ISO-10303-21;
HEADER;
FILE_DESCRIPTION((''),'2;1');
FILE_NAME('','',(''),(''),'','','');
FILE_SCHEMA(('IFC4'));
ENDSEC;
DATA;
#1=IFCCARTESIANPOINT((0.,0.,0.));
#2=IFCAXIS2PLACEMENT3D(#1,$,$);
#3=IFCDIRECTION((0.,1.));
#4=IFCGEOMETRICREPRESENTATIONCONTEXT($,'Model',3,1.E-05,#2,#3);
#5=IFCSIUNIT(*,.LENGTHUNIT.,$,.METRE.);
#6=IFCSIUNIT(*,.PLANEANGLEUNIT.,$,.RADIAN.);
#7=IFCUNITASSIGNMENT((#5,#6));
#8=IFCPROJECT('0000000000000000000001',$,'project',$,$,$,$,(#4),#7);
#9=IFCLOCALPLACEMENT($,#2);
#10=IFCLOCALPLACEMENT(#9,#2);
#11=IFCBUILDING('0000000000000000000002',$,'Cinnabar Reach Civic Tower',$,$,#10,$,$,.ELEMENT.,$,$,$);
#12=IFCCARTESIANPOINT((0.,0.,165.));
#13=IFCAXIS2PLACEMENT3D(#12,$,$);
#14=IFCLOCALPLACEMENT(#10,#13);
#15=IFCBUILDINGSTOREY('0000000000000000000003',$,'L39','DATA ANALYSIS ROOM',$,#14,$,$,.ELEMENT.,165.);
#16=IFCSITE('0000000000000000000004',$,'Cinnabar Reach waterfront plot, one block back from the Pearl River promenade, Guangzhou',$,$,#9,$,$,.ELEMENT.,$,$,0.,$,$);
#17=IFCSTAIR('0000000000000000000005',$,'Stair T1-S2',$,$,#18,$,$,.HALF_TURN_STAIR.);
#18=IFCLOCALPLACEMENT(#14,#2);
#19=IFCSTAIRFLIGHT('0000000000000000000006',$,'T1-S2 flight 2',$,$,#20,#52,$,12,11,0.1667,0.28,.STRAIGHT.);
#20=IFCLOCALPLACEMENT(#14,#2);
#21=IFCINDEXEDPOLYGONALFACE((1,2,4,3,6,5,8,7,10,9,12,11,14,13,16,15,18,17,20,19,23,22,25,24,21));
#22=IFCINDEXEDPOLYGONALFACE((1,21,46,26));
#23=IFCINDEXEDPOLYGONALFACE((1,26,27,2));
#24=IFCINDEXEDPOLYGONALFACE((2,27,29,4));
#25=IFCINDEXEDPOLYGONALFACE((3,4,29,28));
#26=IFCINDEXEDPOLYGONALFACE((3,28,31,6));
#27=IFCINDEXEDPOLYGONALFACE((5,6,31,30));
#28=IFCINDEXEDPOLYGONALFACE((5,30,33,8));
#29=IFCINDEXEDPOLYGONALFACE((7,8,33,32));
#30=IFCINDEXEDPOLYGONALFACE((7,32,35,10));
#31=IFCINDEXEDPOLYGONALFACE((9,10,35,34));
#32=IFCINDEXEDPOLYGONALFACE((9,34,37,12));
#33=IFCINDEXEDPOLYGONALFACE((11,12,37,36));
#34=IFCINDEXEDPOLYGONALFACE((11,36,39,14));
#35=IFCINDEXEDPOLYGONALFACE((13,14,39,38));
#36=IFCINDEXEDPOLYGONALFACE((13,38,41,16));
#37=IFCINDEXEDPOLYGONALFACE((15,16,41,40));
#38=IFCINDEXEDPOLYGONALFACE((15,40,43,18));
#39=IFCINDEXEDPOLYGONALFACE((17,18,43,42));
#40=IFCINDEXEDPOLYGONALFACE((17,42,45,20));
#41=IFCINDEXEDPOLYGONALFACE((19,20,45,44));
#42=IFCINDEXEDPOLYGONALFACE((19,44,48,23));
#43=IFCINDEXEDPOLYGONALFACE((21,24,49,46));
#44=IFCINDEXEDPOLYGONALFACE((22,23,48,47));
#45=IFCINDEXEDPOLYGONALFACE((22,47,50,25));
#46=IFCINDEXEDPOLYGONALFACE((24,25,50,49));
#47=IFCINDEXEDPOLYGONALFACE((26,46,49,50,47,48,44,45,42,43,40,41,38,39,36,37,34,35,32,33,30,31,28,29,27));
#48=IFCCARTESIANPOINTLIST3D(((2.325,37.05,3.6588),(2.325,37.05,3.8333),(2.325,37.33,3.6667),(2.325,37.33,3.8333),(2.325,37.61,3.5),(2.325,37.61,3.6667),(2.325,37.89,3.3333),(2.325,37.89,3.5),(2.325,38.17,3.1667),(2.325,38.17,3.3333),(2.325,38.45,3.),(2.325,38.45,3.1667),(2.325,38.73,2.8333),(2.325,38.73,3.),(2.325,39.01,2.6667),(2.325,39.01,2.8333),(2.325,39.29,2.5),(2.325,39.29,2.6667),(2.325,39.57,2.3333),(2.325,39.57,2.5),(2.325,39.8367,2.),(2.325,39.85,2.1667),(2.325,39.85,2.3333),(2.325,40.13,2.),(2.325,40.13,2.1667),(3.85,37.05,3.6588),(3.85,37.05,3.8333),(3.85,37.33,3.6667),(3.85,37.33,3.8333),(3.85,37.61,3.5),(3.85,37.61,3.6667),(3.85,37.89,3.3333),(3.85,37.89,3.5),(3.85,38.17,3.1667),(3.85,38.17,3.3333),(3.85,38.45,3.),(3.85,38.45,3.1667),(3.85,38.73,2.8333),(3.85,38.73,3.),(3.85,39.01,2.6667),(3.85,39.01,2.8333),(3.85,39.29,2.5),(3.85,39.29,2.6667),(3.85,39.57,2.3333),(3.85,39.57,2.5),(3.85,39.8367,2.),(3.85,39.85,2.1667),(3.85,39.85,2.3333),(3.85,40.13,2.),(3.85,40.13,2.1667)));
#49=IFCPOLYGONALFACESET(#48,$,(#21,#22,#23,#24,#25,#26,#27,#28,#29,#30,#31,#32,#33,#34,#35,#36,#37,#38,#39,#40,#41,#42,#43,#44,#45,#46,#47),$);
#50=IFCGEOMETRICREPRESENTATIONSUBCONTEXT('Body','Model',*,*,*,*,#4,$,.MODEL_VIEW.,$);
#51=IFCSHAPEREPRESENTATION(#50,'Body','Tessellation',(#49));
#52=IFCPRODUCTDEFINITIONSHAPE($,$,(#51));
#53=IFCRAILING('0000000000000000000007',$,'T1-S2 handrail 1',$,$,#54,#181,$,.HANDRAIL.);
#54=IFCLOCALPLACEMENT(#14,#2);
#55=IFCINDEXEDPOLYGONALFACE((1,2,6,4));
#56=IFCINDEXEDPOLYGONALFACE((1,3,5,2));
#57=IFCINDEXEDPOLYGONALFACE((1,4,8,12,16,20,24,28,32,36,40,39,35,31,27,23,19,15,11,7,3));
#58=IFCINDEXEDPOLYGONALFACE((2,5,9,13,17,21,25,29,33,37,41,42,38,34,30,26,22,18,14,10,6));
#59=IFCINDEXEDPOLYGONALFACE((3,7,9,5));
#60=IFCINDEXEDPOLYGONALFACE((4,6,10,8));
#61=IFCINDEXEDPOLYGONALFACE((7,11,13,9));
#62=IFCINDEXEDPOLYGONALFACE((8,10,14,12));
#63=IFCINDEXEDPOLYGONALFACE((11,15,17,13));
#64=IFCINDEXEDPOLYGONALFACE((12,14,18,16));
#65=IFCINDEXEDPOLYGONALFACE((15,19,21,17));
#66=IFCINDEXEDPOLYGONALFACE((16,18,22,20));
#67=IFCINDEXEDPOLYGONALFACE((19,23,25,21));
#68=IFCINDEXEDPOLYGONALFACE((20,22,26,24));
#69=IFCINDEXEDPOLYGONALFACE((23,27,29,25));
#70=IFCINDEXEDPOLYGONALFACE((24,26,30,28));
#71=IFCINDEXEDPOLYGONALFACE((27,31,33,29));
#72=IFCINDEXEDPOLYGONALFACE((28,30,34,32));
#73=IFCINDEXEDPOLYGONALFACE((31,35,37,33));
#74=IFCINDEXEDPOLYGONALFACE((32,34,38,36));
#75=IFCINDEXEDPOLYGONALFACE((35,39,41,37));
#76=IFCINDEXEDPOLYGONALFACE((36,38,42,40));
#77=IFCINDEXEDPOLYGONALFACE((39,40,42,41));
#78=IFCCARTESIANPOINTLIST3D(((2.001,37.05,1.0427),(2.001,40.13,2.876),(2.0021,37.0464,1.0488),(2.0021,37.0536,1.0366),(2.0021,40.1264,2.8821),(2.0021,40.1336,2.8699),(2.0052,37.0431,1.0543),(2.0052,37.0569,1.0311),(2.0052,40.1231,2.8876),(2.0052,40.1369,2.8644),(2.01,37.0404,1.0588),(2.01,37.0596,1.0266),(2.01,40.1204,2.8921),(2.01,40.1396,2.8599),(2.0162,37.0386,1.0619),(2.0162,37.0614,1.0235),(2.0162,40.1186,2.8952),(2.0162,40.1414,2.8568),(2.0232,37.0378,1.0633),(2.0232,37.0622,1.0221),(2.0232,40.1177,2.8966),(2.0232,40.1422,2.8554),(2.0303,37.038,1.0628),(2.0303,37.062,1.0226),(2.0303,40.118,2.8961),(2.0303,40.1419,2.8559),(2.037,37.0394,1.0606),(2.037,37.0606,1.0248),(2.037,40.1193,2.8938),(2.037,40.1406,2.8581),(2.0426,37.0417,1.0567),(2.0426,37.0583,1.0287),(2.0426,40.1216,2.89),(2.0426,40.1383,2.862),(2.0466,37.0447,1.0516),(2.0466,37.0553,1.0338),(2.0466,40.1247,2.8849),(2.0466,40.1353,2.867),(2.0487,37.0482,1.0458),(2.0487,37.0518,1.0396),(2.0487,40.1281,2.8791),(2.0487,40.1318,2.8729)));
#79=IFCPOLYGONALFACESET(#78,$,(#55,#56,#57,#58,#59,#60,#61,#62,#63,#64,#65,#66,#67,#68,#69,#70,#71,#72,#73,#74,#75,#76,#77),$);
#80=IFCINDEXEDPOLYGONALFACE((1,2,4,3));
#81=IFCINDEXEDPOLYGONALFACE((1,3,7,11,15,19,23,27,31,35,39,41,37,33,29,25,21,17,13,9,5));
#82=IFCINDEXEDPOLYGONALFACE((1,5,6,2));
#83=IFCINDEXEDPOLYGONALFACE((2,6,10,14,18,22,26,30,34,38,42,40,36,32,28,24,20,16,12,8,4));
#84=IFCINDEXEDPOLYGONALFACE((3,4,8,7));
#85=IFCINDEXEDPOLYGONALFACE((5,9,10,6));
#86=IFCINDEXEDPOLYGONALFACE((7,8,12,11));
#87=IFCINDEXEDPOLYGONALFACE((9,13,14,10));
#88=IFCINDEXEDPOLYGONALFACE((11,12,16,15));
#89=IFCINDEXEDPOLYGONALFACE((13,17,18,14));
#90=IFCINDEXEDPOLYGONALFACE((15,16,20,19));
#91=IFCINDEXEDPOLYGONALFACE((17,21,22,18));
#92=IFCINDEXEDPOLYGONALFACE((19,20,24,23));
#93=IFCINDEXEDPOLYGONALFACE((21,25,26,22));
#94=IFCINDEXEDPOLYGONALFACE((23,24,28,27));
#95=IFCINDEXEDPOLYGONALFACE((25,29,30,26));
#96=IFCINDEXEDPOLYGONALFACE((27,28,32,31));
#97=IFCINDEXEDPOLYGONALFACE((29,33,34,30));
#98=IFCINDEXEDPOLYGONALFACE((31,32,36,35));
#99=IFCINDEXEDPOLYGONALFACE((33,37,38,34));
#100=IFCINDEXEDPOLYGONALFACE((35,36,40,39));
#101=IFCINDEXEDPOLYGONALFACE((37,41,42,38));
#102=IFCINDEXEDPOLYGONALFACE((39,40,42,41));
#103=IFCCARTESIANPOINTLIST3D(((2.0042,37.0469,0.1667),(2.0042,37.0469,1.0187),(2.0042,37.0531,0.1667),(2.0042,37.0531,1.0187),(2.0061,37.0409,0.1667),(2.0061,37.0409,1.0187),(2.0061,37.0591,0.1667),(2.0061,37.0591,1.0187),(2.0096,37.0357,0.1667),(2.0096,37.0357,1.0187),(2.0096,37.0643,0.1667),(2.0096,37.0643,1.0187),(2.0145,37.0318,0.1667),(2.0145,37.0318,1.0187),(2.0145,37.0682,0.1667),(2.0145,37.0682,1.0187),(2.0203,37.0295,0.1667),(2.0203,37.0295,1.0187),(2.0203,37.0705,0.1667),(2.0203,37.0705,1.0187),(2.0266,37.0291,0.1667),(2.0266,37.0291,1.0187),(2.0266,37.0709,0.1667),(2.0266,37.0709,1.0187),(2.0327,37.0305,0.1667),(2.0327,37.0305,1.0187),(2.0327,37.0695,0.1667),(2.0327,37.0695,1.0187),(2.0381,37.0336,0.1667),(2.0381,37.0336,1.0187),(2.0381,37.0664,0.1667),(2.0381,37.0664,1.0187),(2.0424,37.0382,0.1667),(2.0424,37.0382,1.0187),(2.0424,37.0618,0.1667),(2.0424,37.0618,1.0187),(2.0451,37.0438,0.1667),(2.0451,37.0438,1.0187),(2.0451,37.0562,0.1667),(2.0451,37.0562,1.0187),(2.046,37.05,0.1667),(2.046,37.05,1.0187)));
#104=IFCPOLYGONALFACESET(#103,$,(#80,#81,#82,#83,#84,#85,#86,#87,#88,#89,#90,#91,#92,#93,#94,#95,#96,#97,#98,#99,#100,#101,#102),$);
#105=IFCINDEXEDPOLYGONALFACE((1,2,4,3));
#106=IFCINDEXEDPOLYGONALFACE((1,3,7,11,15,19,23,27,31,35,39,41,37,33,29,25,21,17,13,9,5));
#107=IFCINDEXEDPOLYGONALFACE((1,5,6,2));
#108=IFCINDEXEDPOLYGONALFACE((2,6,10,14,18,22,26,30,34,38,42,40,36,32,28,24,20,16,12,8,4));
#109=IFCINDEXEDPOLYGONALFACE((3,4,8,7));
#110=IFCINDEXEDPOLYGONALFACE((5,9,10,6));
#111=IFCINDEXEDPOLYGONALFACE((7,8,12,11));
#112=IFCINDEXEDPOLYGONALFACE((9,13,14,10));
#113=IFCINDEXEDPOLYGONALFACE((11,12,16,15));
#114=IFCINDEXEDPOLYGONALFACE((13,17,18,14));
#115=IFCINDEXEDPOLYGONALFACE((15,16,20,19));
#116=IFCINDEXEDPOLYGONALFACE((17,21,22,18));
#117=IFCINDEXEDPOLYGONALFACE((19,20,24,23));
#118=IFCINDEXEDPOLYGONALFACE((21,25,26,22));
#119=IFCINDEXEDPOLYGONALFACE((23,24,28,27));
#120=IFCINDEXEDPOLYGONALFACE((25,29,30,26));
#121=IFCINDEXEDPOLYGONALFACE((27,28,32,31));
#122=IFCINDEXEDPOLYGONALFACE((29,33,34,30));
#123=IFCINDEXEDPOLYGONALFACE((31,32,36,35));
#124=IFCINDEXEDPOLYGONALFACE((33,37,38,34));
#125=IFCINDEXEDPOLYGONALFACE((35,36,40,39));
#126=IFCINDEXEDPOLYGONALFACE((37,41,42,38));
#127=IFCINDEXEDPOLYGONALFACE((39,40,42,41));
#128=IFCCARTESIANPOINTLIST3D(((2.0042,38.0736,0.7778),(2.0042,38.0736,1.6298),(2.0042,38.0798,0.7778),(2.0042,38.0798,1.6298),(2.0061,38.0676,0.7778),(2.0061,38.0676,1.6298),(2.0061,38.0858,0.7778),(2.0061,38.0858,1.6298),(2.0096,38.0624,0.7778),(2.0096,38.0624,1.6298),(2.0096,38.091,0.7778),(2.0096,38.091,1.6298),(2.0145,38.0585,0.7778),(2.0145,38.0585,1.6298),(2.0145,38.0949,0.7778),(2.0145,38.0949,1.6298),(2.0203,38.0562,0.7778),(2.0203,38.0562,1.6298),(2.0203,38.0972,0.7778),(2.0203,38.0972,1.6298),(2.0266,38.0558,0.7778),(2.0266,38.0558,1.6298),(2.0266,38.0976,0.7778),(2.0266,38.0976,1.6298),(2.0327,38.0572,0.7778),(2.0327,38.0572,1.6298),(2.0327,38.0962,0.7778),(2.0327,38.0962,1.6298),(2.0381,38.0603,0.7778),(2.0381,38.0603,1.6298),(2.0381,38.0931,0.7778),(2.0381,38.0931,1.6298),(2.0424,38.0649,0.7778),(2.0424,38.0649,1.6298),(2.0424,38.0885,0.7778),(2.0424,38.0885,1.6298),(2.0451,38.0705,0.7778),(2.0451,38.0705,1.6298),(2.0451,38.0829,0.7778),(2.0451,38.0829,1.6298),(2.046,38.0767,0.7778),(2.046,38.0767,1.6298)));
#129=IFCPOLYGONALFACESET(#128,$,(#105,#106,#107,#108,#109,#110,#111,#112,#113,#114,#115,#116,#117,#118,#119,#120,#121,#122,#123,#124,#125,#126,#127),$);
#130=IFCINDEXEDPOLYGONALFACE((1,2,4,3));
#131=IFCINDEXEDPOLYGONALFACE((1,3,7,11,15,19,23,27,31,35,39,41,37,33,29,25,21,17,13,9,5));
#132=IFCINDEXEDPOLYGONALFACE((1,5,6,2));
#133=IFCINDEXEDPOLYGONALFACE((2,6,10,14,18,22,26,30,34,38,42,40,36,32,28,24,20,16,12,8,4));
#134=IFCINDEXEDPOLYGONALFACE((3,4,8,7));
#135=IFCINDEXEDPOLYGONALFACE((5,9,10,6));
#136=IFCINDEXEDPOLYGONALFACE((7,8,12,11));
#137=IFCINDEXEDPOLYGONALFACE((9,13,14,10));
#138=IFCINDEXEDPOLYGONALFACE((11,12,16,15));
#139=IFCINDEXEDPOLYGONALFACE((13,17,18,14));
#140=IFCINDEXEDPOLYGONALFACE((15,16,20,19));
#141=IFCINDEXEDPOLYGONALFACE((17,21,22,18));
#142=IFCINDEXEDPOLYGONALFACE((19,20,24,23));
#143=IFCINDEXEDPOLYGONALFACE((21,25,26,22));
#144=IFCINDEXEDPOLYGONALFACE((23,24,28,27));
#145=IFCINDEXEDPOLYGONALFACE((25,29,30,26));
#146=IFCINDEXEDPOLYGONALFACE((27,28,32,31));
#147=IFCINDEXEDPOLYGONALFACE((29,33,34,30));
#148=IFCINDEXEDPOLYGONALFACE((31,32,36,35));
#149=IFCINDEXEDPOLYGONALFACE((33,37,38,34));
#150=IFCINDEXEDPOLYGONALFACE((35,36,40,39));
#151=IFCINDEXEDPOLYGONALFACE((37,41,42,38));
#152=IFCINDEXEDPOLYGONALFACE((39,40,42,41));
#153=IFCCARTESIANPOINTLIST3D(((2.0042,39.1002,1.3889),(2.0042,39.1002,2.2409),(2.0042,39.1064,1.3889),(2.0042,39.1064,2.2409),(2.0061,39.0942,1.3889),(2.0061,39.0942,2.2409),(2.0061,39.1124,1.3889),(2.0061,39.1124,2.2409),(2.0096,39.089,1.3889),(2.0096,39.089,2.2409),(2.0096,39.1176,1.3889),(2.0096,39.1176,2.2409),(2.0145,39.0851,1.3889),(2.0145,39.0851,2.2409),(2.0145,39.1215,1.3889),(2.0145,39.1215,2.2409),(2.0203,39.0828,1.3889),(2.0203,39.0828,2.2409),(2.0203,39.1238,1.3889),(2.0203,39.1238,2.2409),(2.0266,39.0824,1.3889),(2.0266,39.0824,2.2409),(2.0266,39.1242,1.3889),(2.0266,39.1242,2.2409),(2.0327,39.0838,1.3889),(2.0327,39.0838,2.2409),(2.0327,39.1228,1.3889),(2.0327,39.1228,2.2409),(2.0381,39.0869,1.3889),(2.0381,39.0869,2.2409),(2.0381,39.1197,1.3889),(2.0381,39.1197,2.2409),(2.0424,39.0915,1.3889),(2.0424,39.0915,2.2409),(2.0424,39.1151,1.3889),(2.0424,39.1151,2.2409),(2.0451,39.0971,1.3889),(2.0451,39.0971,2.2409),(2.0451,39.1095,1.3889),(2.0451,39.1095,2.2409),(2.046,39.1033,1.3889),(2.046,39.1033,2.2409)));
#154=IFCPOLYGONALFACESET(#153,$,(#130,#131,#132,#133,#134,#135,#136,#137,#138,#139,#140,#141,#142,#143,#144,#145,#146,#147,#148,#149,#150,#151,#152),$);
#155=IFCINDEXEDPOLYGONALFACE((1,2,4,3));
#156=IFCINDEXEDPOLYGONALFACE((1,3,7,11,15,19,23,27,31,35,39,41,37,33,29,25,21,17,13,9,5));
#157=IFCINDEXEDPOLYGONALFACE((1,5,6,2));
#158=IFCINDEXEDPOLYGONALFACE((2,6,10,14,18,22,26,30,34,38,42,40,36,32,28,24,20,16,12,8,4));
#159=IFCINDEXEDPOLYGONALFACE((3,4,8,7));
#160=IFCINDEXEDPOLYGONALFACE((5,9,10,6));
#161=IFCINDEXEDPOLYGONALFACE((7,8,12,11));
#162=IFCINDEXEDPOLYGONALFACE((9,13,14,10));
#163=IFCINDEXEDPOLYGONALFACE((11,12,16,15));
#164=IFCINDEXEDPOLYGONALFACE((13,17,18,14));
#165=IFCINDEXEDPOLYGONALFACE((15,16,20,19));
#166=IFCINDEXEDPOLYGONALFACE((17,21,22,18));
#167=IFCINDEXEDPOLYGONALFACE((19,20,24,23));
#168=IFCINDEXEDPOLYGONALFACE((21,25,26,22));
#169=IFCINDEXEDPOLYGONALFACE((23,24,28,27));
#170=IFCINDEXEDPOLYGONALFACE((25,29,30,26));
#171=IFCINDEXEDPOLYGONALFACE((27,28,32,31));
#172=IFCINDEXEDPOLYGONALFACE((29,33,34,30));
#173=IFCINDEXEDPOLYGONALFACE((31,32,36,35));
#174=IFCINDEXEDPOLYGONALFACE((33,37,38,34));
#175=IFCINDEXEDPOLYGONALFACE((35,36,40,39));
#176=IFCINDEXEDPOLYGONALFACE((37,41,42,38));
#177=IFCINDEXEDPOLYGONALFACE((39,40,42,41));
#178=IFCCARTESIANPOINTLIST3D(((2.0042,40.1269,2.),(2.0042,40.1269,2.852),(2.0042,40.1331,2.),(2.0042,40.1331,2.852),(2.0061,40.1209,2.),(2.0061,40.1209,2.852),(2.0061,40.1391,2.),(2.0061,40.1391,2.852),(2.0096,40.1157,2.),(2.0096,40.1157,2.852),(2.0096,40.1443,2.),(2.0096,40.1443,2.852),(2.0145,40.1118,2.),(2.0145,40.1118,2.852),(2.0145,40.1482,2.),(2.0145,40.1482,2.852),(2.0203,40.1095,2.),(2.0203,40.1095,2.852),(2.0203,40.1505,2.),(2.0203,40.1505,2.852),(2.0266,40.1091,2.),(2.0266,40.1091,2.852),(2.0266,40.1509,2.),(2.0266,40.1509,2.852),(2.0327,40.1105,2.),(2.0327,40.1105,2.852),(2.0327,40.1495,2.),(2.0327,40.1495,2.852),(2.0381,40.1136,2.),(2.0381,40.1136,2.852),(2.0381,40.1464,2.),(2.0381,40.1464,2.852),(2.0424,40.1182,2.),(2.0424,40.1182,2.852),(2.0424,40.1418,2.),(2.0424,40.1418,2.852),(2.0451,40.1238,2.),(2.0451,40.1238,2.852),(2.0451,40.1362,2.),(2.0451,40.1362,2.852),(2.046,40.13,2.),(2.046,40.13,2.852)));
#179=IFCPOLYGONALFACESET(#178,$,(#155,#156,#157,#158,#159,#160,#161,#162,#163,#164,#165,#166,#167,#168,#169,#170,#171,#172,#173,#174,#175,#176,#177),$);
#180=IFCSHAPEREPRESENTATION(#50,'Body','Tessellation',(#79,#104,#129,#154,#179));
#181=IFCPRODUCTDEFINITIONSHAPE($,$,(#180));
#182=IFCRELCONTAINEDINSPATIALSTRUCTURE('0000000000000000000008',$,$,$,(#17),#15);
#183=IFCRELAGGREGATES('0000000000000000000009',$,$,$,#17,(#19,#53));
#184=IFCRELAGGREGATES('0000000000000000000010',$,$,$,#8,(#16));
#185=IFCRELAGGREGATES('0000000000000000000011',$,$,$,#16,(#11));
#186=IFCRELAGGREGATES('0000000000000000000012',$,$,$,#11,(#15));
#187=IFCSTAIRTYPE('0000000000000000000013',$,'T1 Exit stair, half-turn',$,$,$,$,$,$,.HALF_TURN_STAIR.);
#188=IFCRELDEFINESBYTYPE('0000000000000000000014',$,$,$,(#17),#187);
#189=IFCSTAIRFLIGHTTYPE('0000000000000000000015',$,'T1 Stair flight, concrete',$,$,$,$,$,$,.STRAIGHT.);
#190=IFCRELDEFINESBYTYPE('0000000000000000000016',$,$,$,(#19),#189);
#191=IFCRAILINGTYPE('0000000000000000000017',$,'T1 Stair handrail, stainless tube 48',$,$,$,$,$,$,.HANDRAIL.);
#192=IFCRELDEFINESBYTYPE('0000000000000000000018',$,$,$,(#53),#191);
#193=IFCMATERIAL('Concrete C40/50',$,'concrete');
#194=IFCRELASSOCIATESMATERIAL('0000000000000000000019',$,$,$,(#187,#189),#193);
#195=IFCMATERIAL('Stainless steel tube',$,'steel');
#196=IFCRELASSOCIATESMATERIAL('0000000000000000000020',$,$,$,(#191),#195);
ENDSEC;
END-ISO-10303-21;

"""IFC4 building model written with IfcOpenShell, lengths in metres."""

from ifc_helpers import new_model, si_unit, direction, frame, origin, origin_2d, place, context, subcontext, project, spatial, polyline, circle, outline, extrude, material, type_object, element, aggregate, save


model = new_model("IFC4")

# Units and contexts
model_context = context("Model", 3, precision=1e-05, world=origin(), true_north=direction((0.0, 1.0)))
body_context = subcontext(model_context, "Body", "Model", "MODEL_VIEW")
ifc_project = project(units=[si_unit("LENGTHUNIT", "METRE"), si_unit("PLANEANGLEUNIT", "RADIAN")], contexts=[model_context])

# Site, building, storey
site_placement = place(None, origin())
site = spatial("IfcSite", under=ifc_project, at=site_placement, Name="Cinnabar Reach waterfront plot, one block back from the Pearl River promenade, Guangzhou", CompositionType="ELEMENT", RefElevation=0.0)
building_placement = place(site_placement, origin())
building = spatial("IfcBuilding", under=site, at=building_placement, Name="Cinnabar Reach Civic Tower", CompositionType="ELEMENT")
storey_placement = place(building_placement, frame((0.0, 0.0, 165.0)))
storey = spatial("IfcBuildingStorey", under=building, at=storey_placement, Name="L39", Description="DATA ANALYSIS ROOM", CompositionType="ELEMENT", Elevation=165.0)

# Shared definitions
ifc_material_1 = material(Name="Concrete C40/50", Category="concrete")

# Stair, stair flight, railing
stair_type = type_object("IfcStairType", Name="T1 Exit stair, half-turn", PredefinedType="HALF_TURN_STAIR", material=ifc_material_1)
stair_placement = place(storey_placement, origin())
stair = element("IfcStair", 1, at=stair_placement, inside=storey, type_object=stair_type, Name="Stair T1-S2", PredefinedType="HALF_TURN_STAIR")
stair_flight_type = type_object("IfcStairFlightType", Name="T1 Stair flight, concrete", PredefinedType="STRAIGHT", material=ifc_material_1)
stair_flight_1_placement = place(storey_placement, frame((3.0875, 40.13, 2.0), z_axis=(0.0, 0.0, 1.0), x_axis=(0.0, -1.0, 0.0)))
stair_flight_1 = element("IfcStairFlight", 2, at=stair_flight_1_placement, type_object=stair_flight_type, Name="T1-S2 flight 2", NumberOfRisers=12, NumberOfTreads=11, PredefinedType="STRAIGHT", RiserHeight=0.1667, TreadLength=0.28, context=body_context, shape_type="SweptSolid", body=[
    extrude(outline(polyline([(0.0, 0.0), (0.0, 0.1667), (0.28, 0.1667), (0.28, 0.3333), (0.56, 0.3333), (0.56, 0.5), (0.84, 0.5), (0.84, 0.6667), (1.12, 0.6667), (1.12, 0.8333), (1.4, 0.8333), (1.4, 1.0), (1.68, 1.0), (1.68, 1.1667), (1.96, 1.1667), (1.96, 1.3333), (2.24, 1.3333), (2.24, 1.5), (2.52, 1.5), (2.52, 1.6667), (2.8, 1.6667), (2.8, 1.8333), (3.08, 1.8333), (3.08, 2.0), (3.08, 1.6588), (0.2933, 0.0), (0.0, 0.0)])), frame((0.0, 0.7625, 0.0), z_axis=(0.0, -1.0, 0.0), x_axis=(1.0, 0.0, 0.0)), (0.0, 0.0, 1.0), 1.525),
])
ifc_material_2 = material(Name="Stainless steel tube", Category="steel")
railing_type = type_object("IfcRailingType", Name="T1 Stair handrail, stainless tube 48", PredefinedType="HANDRAIL", material=ifc_material_2)
railing_1_placement = place(storey_placement, frame((2.025, 37.05, 0.1667)))
railing_1 = element("IfcRailing", 3, at=railing_1_placement, type_object=railing_type, Name="T1-S2 handrail 1", PredefinedType="HANDRAIL", context=body_context, shape_type="SweptSolid", body=[
    extrude(circle(Radius=0.024, at=origin_2d()), frame((0.0, 0.0, 0.876), z_axis=(0.0, 0.859297, 0.511477), x_axis=(-1.0, 0.0, 0.0)), (0.0, 0.0, 1.0), 3.5843),
    extrude(circle(Radius=0.021, at=origin_2d()), origin(), (0.0, 0.0, 1.0), 0.852),
    extrude(circle(Radius=0.021, at=origin_2d()), frame((0.0, 1.0267, 0.6111)), (0.0, 0.0, 1.0), 0.852),
    extrude(circle(Radius=0.021, at=origin_2d()), frame((0.0, 2.0533, 1.2222)), (0.0, 0.0, 1.0), 0.852),
    extrude(circle(Radius=0.021, at=origin_2d()), frame((0.0, 3.08, 1.8333)), (0.0, 0.0, 1.0), 0.852),
])
aggregate(stair, [stair_flight_1, railing_1])

save(model, "model.ifc")
